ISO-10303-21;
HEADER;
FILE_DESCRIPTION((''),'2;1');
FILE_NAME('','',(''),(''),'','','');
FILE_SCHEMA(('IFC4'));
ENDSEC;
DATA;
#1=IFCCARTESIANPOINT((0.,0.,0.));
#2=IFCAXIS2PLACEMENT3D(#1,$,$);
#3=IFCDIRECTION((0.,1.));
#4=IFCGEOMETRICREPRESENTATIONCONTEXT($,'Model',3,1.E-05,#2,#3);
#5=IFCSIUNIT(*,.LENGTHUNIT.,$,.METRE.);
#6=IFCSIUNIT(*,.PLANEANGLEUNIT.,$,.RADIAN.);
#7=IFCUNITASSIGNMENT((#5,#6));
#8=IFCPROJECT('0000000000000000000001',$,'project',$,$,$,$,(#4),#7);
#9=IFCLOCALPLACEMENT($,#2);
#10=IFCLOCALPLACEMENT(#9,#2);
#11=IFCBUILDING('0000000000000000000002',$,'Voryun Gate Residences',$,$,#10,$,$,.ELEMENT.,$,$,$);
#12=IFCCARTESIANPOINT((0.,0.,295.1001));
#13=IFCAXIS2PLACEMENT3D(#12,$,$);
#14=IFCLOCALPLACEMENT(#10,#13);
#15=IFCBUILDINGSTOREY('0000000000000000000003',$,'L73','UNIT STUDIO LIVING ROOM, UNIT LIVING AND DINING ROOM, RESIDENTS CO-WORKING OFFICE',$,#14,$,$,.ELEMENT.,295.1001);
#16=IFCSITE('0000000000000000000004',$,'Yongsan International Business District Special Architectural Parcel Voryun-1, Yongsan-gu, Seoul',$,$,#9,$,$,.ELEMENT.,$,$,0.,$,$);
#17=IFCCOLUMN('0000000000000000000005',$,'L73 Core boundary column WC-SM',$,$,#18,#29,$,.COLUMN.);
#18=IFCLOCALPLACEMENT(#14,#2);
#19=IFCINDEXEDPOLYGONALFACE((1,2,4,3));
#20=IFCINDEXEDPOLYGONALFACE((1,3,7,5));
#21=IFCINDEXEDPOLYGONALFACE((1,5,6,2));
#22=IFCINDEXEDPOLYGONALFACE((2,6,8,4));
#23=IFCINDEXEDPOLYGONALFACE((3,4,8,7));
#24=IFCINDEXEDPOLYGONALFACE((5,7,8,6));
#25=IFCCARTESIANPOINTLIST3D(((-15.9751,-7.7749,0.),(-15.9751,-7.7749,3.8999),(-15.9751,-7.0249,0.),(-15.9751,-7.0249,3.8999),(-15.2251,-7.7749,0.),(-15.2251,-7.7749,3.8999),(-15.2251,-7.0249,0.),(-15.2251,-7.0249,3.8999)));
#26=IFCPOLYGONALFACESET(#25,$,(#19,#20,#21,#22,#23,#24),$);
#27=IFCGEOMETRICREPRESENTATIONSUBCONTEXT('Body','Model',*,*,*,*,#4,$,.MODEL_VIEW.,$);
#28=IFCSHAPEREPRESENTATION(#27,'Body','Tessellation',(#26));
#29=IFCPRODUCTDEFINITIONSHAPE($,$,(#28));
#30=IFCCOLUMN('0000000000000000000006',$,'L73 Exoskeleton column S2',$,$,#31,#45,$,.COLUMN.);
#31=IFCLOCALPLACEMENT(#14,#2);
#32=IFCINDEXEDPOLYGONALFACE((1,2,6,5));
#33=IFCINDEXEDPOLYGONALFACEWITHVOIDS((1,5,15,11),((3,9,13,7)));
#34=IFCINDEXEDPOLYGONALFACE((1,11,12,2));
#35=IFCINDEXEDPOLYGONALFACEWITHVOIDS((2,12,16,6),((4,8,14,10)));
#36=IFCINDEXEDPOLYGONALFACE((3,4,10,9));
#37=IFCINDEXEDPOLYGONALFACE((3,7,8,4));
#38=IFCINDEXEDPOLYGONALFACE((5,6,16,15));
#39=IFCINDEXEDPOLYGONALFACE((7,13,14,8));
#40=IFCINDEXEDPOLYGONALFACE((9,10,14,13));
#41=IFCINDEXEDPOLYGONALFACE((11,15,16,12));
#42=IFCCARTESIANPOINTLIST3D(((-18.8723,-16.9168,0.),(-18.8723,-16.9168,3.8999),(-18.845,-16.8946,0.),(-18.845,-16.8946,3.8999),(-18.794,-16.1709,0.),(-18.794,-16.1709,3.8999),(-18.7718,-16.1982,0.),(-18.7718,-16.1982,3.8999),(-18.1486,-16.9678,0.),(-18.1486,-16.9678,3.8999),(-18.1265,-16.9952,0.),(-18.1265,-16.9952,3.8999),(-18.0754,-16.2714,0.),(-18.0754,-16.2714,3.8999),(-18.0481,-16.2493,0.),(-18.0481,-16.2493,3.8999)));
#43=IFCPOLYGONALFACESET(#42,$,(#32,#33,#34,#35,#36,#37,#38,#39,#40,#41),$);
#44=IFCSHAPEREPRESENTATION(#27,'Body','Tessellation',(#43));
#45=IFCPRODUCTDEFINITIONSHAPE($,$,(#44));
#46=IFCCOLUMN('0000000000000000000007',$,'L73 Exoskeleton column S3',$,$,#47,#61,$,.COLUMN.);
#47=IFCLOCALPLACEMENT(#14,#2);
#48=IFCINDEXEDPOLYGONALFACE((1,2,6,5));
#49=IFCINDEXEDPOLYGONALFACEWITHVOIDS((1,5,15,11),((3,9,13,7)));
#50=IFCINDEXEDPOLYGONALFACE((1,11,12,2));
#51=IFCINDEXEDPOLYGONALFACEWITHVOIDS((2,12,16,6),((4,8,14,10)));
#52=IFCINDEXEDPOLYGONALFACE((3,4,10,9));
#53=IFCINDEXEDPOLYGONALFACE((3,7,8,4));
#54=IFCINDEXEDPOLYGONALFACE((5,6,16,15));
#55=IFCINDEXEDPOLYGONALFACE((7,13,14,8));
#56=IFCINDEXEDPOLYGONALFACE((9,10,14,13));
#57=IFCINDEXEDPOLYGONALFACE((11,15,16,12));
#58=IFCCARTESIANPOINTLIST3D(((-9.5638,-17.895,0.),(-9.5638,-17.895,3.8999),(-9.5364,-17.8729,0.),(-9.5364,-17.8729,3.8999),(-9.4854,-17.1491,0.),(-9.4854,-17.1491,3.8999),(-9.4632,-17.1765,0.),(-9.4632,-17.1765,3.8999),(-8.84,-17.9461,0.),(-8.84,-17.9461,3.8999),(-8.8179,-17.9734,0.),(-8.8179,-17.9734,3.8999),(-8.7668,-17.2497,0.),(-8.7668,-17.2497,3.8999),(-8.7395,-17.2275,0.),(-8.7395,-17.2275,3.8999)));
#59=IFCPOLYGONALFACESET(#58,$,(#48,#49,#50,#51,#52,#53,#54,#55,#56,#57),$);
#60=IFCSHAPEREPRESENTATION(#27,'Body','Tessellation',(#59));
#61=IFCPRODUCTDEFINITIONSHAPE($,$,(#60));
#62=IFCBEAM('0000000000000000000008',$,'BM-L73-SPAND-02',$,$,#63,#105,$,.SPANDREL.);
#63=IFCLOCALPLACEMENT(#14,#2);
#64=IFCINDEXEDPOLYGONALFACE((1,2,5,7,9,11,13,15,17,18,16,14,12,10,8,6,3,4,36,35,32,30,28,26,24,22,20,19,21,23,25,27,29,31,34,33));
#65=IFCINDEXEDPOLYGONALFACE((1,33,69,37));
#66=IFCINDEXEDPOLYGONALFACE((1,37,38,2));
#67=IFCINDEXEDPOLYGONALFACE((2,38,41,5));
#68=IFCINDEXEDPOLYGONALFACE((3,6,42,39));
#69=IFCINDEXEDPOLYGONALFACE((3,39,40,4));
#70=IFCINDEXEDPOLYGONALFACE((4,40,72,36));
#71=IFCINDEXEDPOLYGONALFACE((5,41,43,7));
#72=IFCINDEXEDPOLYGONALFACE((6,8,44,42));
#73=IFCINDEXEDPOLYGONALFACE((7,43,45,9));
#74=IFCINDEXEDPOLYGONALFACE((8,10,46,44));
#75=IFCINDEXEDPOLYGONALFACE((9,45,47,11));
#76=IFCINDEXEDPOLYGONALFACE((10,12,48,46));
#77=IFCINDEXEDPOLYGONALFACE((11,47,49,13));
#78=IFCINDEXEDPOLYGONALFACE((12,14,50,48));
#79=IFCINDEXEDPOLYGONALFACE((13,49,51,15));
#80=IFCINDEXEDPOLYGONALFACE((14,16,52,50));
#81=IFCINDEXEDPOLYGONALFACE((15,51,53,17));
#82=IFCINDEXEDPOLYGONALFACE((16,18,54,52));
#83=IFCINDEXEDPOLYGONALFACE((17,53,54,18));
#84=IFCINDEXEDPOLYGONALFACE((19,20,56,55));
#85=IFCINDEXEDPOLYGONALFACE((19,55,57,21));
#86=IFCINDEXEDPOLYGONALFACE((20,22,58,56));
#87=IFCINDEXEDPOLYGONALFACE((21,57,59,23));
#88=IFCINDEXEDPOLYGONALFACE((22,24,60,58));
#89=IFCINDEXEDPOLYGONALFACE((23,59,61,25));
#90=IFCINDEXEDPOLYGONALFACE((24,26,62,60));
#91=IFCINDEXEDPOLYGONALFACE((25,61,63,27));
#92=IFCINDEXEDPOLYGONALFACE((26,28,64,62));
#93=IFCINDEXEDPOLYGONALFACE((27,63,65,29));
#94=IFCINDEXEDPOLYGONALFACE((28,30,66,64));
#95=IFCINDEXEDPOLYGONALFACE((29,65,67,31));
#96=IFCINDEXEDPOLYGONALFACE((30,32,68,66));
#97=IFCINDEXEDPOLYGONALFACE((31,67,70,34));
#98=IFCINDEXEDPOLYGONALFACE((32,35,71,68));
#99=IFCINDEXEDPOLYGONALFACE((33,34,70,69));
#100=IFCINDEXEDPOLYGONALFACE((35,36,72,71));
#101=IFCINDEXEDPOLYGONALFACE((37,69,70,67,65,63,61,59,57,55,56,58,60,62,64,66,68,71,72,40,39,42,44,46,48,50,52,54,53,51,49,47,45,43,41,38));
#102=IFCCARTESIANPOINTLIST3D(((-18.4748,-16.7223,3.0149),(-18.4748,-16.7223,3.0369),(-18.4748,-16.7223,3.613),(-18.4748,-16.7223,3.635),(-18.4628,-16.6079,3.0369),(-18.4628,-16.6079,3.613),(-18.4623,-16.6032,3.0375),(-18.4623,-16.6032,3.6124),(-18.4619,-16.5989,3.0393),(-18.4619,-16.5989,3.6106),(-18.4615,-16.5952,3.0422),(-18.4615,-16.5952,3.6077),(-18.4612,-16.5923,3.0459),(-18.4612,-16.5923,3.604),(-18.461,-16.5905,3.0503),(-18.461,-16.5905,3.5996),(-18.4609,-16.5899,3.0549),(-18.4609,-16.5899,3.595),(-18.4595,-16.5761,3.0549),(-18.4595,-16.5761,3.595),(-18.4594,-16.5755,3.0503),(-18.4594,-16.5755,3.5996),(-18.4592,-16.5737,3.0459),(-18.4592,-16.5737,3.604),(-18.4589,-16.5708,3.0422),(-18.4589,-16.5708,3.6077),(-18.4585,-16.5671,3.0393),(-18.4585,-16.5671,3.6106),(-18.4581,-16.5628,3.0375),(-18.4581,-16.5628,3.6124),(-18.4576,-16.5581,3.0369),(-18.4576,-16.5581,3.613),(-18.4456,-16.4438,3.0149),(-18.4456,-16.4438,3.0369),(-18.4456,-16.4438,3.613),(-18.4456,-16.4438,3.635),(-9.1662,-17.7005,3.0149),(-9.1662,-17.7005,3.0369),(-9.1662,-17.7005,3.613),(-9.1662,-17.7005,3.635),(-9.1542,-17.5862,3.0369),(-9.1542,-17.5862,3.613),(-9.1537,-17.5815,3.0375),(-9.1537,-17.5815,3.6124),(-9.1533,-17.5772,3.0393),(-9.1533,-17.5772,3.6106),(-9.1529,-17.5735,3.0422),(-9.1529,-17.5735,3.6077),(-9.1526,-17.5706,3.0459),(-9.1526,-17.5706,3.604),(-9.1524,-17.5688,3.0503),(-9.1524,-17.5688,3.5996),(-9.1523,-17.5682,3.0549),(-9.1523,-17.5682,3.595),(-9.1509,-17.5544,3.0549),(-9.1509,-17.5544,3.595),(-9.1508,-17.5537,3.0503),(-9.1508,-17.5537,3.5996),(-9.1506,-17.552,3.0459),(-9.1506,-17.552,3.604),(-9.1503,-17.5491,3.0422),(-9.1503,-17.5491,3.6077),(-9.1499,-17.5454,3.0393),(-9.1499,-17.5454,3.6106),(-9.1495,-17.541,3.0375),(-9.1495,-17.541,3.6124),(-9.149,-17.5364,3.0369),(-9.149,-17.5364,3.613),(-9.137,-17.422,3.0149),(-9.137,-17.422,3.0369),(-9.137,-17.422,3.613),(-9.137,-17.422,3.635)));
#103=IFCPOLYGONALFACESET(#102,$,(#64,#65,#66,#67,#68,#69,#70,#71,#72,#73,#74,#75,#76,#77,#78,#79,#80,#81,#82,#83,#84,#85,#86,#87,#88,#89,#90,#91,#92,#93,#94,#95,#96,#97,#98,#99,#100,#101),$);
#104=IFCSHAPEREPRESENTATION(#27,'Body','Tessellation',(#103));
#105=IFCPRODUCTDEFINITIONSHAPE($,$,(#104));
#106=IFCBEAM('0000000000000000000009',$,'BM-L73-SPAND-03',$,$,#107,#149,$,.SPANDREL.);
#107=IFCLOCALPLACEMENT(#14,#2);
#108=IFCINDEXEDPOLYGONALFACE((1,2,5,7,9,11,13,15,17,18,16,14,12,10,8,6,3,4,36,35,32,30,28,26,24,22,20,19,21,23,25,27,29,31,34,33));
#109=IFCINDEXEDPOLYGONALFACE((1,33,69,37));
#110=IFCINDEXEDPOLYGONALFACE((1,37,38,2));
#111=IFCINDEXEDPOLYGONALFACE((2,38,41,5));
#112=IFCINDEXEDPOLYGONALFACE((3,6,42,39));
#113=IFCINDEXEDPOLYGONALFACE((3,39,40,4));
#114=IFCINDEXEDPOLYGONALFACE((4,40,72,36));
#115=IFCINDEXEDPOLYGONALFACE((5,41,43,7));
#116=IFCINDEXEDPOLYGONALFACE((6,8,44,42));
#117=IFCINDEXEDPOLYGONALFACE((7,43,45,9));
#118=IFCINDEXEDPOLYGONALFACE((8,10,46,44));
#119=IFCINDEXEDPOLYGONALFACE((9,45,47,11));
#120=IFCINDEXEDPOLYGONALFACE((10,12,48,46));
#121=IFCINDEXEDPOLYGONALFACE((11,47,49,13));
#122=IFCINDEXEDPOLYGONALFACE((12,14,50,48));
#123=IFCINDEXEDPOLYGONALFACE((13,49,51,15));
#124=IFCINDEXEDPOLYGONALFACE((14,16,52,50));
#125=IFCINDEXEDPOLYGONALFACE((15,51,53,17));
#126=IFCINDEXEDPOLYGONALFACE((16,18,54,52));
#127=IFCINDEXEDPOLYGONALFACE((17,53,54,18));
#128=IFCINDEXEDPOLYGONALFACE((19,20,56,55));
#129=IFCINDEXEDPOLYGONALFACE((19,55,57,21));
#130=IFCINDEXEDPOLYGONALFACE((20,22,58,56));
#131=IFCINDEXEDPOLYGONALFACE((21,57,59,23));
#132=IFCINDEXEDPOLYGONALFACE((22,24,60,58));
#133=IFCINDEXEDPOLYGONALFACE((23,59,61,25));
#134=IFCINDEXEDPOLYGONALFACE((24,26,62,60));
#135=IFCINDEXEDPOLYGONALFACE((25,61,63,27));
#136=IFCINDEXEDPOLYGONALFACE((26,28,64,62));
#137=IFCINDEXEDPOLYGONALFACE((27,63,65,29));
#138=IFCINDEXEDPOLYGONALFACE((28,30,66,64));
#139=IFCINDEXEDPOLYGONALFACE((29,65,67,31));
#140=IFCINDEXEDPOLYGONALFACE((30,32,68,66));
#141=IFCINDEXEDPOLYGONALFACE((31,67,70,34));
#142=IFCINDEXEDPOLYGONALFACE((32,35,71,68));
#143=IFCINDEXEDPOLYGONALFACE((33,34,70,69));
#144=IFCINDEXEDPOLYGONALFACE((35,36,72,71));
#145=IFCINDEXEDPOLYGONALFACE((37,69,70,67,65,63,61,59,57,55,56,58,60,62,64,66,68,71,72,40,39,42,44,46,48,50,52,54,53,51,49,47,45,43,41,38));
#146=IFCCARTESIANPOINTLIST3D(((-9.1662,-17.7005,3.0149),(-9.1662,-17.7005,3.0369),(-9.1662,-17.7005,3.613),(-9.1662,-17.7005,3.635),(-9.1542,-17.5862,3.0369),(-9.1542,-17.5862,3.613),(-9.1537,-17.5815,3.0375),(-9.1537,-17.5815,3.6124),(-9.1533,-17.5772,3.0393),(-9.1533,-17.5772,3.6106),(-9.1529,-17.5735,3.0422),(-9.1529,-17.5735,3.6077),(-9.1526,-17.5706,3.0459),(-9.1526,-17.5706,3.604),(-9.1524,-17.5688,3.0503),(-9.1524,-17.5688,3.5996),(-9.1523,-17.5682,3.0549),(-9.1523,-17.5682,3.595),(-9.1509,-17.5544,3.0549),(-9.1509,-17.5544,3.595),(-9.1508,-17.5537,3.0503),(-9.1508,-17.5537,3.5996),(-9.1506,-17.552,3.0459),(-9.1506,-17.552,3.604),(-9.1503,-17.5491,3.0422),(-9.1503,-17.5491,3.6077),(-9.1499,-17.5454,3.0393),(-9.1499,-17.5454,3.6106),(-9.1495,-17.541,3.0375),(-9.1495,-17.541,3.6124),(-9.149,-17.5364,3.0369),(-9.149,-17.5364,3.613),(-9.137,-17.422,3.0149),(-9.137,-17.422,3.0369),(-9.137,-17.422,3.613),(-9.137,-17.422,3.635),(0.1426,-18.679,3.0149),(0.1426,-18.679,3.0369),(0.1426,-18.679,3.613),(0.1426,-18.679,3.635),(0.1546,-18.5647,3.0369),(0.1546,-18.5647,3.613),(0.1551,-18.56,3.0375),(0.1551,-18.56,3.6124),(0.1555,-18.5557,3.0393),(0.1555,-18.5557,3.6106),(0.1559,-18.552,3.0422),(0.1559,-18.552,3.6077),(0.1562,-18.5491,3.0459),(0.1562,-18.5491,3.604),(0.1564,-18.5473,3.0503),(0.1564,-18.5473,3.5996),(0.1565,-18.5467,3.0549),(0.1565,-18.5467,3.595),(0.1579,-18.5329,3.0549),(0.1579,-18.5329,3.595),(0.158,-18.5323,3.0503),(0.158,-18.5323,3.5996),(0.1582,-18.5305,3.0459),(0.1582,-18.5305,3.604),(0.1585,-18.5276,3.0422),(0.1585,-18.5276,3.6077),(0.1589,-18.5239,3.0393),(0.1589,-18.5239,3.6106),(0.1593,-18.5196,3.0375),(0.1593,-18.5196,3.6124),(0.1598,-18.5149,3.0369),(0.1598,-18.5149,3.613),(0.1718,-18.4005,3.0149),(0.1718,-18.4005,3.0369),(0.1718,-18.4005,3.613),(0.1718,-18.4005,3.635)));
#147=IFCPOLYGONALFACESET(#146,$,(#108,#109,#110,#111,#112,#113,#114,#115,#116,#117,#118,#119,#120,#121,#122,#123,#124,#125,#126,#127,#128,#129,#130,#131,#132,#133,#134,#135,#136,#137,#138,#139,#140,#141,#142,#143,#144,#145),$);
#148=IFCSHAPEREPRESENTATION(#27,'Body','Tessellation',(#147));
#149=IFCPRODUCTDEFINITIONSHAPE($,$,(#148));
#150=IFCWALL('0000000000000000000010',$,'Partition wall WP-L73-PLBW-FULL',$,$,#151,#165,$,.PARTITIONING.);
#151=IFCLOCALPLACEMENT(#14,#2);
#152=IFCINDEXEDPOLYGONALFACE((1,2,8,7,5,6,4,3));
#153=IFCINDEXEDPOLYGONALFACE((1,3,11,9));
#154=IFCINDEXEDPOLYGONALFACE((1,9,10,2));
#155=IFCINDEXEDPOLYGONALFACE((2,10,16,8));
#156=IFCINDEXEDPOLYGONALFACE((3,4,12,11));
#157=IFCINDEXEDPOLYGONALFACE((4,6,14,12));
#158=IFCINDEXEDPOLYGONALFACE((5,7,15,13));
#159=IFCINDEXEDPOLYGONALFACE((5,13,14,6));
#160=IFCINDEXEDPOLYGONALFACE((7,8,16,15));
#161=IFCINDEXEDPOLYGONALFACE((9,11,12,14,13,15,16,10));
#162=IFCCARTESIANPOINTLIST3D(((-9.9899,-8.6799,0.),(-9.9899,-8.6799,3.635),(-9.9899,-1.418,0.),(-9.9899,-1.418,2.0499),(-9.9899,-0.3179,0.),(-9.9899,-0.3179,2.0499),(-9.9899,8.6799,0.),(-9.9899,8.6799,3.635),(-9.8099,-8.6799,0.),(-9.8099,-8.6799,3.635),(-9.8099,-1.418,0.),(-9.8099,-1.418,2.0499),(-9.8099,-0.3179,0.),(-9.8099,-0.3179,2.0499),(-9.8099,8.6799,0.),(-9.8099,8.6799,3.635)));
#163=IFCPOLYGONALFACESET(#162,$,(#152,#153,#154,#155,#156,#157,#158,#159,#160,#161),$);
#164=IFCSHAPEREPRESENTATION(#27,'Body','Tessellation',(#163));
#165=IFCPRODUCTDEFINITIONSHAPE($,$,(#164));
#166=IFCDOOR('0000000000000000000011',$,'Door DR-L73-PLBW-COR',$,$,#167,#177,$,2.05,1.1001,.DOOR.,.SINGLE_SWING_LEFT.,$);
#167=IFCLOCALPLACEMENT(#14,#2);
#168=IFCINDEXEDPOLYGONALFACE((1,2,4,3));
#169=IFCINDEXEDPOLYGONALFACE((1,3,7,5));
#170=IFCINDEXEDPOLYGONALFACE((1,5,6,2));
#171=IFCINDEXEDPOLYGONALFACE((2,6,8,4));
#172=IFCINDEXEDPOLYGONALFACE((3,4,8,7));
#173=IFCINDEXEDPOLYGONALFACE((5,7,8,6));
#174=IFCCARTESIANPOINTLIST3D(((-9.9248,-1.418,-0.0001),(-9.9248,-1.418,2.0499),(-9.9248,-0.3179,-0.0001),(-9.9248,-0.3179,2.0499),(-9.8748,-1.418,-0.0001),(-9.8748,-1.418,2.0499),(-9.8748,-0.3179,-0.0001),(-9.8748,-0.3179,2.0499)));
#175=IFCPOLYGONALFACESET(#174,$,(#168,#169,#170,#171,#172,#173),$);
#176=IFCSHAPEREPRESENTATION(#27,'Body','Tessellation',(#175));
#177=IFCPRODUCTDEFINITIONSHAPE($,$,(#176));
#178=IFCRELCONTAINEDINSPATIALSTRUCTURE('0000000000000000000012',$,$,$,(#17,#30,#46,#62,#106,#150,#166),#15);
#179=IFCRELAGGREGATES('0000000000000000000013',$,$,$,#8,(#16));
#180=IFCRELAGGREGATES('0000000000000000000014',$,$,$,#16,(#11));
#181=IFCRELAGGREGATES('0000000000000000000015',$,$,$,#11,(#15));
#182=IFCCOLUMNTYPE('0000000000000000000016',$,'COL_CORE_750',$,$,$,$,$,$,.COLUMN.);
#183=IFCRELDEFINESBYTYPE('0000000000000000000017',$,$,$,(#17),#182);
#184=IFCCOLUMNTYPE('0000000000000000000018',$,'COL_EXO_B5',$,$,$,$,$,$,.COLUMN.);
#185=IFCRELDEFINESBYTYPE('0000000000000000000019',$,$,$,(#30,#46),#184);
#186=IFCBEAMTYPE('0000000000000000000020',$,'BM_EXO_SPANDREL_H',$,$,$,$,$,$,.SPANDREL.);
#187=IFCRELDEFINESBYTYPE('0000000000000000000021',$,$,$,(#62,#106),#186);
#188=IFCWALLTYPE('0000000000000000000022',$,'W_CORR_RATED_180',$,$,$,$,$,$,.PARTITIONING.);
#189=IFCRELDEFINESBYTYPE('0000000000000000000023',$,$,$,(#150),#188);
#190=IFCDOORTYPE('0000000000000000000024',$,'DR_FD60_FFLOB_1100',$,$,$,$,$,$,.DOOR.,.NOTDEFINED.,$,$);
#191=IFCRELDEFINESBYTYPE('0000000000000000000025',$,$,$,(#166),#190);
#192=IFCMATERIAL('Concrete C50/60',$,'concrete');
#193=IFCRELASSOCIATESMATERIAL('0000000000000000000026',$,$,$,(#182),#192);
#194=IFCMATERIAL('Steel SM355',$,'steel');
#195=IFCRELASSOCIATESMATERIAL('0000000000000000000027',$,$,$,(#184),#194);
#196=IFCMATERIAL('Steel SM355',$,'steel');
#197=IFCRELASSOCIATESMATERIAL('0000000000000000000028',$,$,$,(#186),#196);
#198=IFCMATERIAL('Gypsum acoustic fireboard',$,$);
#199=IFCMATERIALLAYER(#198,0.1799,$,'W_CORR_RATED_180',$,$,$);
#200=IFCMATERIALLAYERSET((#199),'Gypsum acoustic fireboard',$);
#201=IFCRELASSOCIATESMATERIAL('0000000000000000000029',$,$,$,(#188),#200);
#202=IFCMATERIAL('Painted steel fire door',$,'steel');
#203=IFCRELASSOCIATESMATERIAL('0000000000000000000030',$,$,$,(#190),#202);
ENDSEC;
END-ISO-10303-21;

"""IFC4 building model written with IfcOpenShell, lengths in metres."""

from ifc_helpers import new_model, si_unit, direction, frame, frame_2d, origin, origin_2d, place, context, subcontext, project, spatial, rectangle, hollow_rectangle, i_section, extrude, material, layer, layer_set, material_profile, profile_set, type_object, element, fill, save


model = new_model("IFC4")

# Units and contexts
model_context = context("Model", 3, precision=1e-05, world=origin(), true_north=direction((0.0, 1.0)))
body_context = subcontext(model_context, "Body", "Model", "MODEL_VIEW")
ifc_project = project(units=[si_unit("LENGTHUNIT", "METRE"), si_unit("PLANEANGLEUNIT", "RADIAN")], contexts=[model_context])

# Site, building, storey
site_placement = place(None, origin())
site = spatial("IfcSite", under=ifc_project, at=site_placement, Name="Yongsan International Business District Special Architectural Parcel Voryun-1, Yongsan-gu, Seoul", CompositionType="ELEMENT", RefElevation=0.0)
building_placement = place(site_placement, origin())
building = spatial("IfcBuilding", under=site, at=building_placement, Name="Voryun Gate Residences", CompositionType="ELEMENT")
storey_placement = place(building_placement, frame((0.0, 0.0, 295.1001)))
storey = spatial("IfcBuildingStorey", under=building, at=storey_placement, Name="L73", Description="UNIT STUDIO LIVING ROOM, UNIT LIVING AND DINING ROOM, RESIDENTS CO-WORKING OFFICE", CompositionType="ELEMENT", Elevation=295.1001)

# Columns
ifc_material_1 = material(Name="Concrete C50/60", Category="concrete")
ifc_material_profile_1 = material_profile(ifc_material_1, rectangle(XDim=0.75, YDim=0.75, at=origin_2d()), Name="RC-750x750")
ifc_profile_set_1 = profile_set([ifc_material_profile_1], Name="Concrete C50/60")
column_type_1 = type_object("IfcColumnType", Name="COL_CORE_750", PredefinedType="COLUMN", material=ifc_profile_set_1)
column_placement = place(storey_placement, frame((-15.6001, -7.3999, 0.0), z_axis=(0.0, 0.0, 1.0), x_axis=(1.0, 0.0, 0.0)))
element("IfcColumn", 1, at=column_placement, inside=storey, type_object=column_type_1, Name="L73 Core boundary column WC-SM", PredefinedType="COLUMN", context=body_context, shape_type="SweptSolid", body=[
    extrude(rectangle(XDim=0.75, YDim=0.75, at=origin_2d()), origin(), (0.0, 0.0, 1.0), 3.8999),
])
ifc_material_2 = material(Name="Steel SM355", Category="steel")
ifc_material_profile_2 = material_profile(ifc_material_2, hollow_rectangle(XDim=0.75, YDim=0.75, WallThickness=0.0249, at=origin_2d()), Name="BOX-750x750x25")
ifc_profile_set_2 = profile_set([ifc_material_profile_2], Name="Steel SM355")
column_type_2 = type_object("IfcColumnType", Name="COL_EXO_B5", PredefinedType="COLUMN", material=ifc_profile_set_2)
for number, where, z_axis, x_axis, name in (
    (2, (-18.4602, -16.583, 0.0), (0.0, 0.0, 1.0), (0.994522, -0.104528, 0.0), "L73 Exoskeleton column S2"),
    (3, (-9.1516, -17.5613, 0.0), (0.0, 0.0, 1.0), (0.994522, -0.104528, 0.0), "L73 Exoskeleton column S3"),
):
    element("IfcColumn", number, at=place(storey_placement, frame(where, z_axis=z_axis, x_axis=x_axis)), inside=storey, type_object=column_type_2, Name=name, PredefinedType="COLUMN", context=body_context, shape_type="SweptSolid", body=[
        extrude(hollow_rectangle(XDim=0.75, YDim=0.75, WallThickness=0.0249, at=origin_2d()), origin(), (0.0, 0.0, 1.0), 3.8999),
    ])

# Beams
ifc_material_3 = material(Name="Steel SM355", Category="steel")
ifc_material_profile_3 = material_profile(ifc_material_3, i_section(OverallWidth=0.28, OverallDepth=0.6201, WebThickness=0.0139, FlangeThickness=0.022, FilletRadius=0.0181, at=origin_2d()), Name="H-620x280x14x22")
ifc_profile_set_3 = profile_set([ifc_material_profile_3], Name="Steel SM355")
beam_type = type_object("IfcBeamType", Name="BM_EXO_SPANDREL_H", PredefinedType="SPANDREL", material=ifc_profile_set_3)
beam_1_placement = place(storey_placement, frame((-18.4602, -16.583, 3.325), z_axis=(0.994523, -0.104518, 0.0), x_axis=(0.104518, 0.994523, 0.0)))
element("IfcBeam", 4, at=beam_1_placement, inside=storey, type_object=beam_type, Name="BM-L73-SPAND-02", PredefinedType="SPANDREL", context=body_context, shape_type="SweptSolid", body=[
    extrude(i_section(OverallWidth=0.28, OverallDepth=0.6201, WebThickness=0.0139, FlangeThickness=0.022, FilletRadius=0.0181, at=origin_2d()), origin(), (0.0, 0.0, 1.0), 9.3599),
])
beam_2_placement = place(storey_placement, frame((-9.1516, -17.5613, 3.325), z_axis=(0.994521, -0.104541, 0.0), x_axis=(0.104541, 0.994521, 0.0)))
element("IfcBeam", 5, at=beam_2_placement, inside=storey, type_object=beam_type, Name="BM-L73-SPAND-03", PredefinedType="SPANDREL", context=body_context, shape_type="SweptSolid", body=[
    extrude(i_section(OverallWidth=0.28, OverallDepth=0.6201, WebThickness=0.0139, FlangeThickness=0.022, FilletRadius=0.0181, at=origin_2d()), origin(), (0.0, 0.0, 1.0), 9.3601),
])

# Wall, opening, door
ifc_material_4 = material(Name="Gypsum acoustic fireboard")
ifc_layer_1 = layer(ifc_material_4, 0.1799, Name="W_CORR_RATED_180")
ifc_layer_set_1 = layer_set([ifc_layer_1], Name="Gypsum acoustic fireboard")
wall_type_1 = type_object("IfcWallType", Name="W_CORR_RATED_180", PredefinedType="PARTITIONING", material=ifc_layer_set_1)
wall_1_placement = place(storey_placement, frame((-9.8999, -8.6799, 0.0), z_axis=(0.0, 0.0, 1.0), x_axis=(0.0, 1.0, 0.0)))
wall_1 = element("IfcWall", 6, at=wall_1_placement, inside=storey, type_object=wall_type_1, Name="Partition wall WP-L73-PLBW-FULL", PredefinedType="PARTITIONING", context=body_context, shape_type="SweptSolid", body=[
    extrude(rectangle(XDim=17.3599, YDim=0.1799, at=frame_2d((8.6799, 0.0))), origin(), (0.0, 0.0, 1.0), 3.635),
])
opening_1_placement = place(wall_1_placement, frame((7.262, 0.0, 0.0)))
opening_1 = element("IfcOpeningElement", 7, at=opening_1_placement, cuts=wall_1, PredefinedType="OPENING", context=body_context, shape_type="SweptSolid", body=[
    extrude(rectangle(XDim=1.1001, YDim=2.05, at=frame_2d((0.55, 1.0249))), frame((0.0, 0.0999, 0.0), z_axis=(0.0, -1.0, 0.0), x_axis=(1.0, 0.0, 0.0)), (0.0, 0.0, 1.0), 0.2),
])
ifc_material_5 = material(Name="Painted steel fire door", Category="steel")
door_type_1 = type_object("IfcDoorType", Name="DR_FD60_FFLOB_1100", OperationType="NOTDEFINED", PredefinedType="DOOR", material=ifc_material_5)
door_1_placement = place(opening_1_placement, origin())
door_1 = element("IfcDoor", 8, at=door_1_placement, inside=storey, type_object=door_type_1, Name="Door DR-L73-PLBW-COR", OperationType="SINGLE_SWING_LEFT", OverallHeight=2.05, OverallWidth=1.1001, PredefinedType="DOOR", context=body_context, shape_type="SweptSolid", body=[
    extrude(rectangle(XDim=1.1001, YDim=2.05, at=frame_2d((0.55, 1.0249))), frame((0.0, 0.0249, 0.0), z_axis=(0.0, -1.0, 0.0), x_axis=(1.0, 0.0, 0.0)), (0.0, 0.0, 1.0), 0.05),
])
fill(opening_1, door_1)

save(model, "model.ifc")
